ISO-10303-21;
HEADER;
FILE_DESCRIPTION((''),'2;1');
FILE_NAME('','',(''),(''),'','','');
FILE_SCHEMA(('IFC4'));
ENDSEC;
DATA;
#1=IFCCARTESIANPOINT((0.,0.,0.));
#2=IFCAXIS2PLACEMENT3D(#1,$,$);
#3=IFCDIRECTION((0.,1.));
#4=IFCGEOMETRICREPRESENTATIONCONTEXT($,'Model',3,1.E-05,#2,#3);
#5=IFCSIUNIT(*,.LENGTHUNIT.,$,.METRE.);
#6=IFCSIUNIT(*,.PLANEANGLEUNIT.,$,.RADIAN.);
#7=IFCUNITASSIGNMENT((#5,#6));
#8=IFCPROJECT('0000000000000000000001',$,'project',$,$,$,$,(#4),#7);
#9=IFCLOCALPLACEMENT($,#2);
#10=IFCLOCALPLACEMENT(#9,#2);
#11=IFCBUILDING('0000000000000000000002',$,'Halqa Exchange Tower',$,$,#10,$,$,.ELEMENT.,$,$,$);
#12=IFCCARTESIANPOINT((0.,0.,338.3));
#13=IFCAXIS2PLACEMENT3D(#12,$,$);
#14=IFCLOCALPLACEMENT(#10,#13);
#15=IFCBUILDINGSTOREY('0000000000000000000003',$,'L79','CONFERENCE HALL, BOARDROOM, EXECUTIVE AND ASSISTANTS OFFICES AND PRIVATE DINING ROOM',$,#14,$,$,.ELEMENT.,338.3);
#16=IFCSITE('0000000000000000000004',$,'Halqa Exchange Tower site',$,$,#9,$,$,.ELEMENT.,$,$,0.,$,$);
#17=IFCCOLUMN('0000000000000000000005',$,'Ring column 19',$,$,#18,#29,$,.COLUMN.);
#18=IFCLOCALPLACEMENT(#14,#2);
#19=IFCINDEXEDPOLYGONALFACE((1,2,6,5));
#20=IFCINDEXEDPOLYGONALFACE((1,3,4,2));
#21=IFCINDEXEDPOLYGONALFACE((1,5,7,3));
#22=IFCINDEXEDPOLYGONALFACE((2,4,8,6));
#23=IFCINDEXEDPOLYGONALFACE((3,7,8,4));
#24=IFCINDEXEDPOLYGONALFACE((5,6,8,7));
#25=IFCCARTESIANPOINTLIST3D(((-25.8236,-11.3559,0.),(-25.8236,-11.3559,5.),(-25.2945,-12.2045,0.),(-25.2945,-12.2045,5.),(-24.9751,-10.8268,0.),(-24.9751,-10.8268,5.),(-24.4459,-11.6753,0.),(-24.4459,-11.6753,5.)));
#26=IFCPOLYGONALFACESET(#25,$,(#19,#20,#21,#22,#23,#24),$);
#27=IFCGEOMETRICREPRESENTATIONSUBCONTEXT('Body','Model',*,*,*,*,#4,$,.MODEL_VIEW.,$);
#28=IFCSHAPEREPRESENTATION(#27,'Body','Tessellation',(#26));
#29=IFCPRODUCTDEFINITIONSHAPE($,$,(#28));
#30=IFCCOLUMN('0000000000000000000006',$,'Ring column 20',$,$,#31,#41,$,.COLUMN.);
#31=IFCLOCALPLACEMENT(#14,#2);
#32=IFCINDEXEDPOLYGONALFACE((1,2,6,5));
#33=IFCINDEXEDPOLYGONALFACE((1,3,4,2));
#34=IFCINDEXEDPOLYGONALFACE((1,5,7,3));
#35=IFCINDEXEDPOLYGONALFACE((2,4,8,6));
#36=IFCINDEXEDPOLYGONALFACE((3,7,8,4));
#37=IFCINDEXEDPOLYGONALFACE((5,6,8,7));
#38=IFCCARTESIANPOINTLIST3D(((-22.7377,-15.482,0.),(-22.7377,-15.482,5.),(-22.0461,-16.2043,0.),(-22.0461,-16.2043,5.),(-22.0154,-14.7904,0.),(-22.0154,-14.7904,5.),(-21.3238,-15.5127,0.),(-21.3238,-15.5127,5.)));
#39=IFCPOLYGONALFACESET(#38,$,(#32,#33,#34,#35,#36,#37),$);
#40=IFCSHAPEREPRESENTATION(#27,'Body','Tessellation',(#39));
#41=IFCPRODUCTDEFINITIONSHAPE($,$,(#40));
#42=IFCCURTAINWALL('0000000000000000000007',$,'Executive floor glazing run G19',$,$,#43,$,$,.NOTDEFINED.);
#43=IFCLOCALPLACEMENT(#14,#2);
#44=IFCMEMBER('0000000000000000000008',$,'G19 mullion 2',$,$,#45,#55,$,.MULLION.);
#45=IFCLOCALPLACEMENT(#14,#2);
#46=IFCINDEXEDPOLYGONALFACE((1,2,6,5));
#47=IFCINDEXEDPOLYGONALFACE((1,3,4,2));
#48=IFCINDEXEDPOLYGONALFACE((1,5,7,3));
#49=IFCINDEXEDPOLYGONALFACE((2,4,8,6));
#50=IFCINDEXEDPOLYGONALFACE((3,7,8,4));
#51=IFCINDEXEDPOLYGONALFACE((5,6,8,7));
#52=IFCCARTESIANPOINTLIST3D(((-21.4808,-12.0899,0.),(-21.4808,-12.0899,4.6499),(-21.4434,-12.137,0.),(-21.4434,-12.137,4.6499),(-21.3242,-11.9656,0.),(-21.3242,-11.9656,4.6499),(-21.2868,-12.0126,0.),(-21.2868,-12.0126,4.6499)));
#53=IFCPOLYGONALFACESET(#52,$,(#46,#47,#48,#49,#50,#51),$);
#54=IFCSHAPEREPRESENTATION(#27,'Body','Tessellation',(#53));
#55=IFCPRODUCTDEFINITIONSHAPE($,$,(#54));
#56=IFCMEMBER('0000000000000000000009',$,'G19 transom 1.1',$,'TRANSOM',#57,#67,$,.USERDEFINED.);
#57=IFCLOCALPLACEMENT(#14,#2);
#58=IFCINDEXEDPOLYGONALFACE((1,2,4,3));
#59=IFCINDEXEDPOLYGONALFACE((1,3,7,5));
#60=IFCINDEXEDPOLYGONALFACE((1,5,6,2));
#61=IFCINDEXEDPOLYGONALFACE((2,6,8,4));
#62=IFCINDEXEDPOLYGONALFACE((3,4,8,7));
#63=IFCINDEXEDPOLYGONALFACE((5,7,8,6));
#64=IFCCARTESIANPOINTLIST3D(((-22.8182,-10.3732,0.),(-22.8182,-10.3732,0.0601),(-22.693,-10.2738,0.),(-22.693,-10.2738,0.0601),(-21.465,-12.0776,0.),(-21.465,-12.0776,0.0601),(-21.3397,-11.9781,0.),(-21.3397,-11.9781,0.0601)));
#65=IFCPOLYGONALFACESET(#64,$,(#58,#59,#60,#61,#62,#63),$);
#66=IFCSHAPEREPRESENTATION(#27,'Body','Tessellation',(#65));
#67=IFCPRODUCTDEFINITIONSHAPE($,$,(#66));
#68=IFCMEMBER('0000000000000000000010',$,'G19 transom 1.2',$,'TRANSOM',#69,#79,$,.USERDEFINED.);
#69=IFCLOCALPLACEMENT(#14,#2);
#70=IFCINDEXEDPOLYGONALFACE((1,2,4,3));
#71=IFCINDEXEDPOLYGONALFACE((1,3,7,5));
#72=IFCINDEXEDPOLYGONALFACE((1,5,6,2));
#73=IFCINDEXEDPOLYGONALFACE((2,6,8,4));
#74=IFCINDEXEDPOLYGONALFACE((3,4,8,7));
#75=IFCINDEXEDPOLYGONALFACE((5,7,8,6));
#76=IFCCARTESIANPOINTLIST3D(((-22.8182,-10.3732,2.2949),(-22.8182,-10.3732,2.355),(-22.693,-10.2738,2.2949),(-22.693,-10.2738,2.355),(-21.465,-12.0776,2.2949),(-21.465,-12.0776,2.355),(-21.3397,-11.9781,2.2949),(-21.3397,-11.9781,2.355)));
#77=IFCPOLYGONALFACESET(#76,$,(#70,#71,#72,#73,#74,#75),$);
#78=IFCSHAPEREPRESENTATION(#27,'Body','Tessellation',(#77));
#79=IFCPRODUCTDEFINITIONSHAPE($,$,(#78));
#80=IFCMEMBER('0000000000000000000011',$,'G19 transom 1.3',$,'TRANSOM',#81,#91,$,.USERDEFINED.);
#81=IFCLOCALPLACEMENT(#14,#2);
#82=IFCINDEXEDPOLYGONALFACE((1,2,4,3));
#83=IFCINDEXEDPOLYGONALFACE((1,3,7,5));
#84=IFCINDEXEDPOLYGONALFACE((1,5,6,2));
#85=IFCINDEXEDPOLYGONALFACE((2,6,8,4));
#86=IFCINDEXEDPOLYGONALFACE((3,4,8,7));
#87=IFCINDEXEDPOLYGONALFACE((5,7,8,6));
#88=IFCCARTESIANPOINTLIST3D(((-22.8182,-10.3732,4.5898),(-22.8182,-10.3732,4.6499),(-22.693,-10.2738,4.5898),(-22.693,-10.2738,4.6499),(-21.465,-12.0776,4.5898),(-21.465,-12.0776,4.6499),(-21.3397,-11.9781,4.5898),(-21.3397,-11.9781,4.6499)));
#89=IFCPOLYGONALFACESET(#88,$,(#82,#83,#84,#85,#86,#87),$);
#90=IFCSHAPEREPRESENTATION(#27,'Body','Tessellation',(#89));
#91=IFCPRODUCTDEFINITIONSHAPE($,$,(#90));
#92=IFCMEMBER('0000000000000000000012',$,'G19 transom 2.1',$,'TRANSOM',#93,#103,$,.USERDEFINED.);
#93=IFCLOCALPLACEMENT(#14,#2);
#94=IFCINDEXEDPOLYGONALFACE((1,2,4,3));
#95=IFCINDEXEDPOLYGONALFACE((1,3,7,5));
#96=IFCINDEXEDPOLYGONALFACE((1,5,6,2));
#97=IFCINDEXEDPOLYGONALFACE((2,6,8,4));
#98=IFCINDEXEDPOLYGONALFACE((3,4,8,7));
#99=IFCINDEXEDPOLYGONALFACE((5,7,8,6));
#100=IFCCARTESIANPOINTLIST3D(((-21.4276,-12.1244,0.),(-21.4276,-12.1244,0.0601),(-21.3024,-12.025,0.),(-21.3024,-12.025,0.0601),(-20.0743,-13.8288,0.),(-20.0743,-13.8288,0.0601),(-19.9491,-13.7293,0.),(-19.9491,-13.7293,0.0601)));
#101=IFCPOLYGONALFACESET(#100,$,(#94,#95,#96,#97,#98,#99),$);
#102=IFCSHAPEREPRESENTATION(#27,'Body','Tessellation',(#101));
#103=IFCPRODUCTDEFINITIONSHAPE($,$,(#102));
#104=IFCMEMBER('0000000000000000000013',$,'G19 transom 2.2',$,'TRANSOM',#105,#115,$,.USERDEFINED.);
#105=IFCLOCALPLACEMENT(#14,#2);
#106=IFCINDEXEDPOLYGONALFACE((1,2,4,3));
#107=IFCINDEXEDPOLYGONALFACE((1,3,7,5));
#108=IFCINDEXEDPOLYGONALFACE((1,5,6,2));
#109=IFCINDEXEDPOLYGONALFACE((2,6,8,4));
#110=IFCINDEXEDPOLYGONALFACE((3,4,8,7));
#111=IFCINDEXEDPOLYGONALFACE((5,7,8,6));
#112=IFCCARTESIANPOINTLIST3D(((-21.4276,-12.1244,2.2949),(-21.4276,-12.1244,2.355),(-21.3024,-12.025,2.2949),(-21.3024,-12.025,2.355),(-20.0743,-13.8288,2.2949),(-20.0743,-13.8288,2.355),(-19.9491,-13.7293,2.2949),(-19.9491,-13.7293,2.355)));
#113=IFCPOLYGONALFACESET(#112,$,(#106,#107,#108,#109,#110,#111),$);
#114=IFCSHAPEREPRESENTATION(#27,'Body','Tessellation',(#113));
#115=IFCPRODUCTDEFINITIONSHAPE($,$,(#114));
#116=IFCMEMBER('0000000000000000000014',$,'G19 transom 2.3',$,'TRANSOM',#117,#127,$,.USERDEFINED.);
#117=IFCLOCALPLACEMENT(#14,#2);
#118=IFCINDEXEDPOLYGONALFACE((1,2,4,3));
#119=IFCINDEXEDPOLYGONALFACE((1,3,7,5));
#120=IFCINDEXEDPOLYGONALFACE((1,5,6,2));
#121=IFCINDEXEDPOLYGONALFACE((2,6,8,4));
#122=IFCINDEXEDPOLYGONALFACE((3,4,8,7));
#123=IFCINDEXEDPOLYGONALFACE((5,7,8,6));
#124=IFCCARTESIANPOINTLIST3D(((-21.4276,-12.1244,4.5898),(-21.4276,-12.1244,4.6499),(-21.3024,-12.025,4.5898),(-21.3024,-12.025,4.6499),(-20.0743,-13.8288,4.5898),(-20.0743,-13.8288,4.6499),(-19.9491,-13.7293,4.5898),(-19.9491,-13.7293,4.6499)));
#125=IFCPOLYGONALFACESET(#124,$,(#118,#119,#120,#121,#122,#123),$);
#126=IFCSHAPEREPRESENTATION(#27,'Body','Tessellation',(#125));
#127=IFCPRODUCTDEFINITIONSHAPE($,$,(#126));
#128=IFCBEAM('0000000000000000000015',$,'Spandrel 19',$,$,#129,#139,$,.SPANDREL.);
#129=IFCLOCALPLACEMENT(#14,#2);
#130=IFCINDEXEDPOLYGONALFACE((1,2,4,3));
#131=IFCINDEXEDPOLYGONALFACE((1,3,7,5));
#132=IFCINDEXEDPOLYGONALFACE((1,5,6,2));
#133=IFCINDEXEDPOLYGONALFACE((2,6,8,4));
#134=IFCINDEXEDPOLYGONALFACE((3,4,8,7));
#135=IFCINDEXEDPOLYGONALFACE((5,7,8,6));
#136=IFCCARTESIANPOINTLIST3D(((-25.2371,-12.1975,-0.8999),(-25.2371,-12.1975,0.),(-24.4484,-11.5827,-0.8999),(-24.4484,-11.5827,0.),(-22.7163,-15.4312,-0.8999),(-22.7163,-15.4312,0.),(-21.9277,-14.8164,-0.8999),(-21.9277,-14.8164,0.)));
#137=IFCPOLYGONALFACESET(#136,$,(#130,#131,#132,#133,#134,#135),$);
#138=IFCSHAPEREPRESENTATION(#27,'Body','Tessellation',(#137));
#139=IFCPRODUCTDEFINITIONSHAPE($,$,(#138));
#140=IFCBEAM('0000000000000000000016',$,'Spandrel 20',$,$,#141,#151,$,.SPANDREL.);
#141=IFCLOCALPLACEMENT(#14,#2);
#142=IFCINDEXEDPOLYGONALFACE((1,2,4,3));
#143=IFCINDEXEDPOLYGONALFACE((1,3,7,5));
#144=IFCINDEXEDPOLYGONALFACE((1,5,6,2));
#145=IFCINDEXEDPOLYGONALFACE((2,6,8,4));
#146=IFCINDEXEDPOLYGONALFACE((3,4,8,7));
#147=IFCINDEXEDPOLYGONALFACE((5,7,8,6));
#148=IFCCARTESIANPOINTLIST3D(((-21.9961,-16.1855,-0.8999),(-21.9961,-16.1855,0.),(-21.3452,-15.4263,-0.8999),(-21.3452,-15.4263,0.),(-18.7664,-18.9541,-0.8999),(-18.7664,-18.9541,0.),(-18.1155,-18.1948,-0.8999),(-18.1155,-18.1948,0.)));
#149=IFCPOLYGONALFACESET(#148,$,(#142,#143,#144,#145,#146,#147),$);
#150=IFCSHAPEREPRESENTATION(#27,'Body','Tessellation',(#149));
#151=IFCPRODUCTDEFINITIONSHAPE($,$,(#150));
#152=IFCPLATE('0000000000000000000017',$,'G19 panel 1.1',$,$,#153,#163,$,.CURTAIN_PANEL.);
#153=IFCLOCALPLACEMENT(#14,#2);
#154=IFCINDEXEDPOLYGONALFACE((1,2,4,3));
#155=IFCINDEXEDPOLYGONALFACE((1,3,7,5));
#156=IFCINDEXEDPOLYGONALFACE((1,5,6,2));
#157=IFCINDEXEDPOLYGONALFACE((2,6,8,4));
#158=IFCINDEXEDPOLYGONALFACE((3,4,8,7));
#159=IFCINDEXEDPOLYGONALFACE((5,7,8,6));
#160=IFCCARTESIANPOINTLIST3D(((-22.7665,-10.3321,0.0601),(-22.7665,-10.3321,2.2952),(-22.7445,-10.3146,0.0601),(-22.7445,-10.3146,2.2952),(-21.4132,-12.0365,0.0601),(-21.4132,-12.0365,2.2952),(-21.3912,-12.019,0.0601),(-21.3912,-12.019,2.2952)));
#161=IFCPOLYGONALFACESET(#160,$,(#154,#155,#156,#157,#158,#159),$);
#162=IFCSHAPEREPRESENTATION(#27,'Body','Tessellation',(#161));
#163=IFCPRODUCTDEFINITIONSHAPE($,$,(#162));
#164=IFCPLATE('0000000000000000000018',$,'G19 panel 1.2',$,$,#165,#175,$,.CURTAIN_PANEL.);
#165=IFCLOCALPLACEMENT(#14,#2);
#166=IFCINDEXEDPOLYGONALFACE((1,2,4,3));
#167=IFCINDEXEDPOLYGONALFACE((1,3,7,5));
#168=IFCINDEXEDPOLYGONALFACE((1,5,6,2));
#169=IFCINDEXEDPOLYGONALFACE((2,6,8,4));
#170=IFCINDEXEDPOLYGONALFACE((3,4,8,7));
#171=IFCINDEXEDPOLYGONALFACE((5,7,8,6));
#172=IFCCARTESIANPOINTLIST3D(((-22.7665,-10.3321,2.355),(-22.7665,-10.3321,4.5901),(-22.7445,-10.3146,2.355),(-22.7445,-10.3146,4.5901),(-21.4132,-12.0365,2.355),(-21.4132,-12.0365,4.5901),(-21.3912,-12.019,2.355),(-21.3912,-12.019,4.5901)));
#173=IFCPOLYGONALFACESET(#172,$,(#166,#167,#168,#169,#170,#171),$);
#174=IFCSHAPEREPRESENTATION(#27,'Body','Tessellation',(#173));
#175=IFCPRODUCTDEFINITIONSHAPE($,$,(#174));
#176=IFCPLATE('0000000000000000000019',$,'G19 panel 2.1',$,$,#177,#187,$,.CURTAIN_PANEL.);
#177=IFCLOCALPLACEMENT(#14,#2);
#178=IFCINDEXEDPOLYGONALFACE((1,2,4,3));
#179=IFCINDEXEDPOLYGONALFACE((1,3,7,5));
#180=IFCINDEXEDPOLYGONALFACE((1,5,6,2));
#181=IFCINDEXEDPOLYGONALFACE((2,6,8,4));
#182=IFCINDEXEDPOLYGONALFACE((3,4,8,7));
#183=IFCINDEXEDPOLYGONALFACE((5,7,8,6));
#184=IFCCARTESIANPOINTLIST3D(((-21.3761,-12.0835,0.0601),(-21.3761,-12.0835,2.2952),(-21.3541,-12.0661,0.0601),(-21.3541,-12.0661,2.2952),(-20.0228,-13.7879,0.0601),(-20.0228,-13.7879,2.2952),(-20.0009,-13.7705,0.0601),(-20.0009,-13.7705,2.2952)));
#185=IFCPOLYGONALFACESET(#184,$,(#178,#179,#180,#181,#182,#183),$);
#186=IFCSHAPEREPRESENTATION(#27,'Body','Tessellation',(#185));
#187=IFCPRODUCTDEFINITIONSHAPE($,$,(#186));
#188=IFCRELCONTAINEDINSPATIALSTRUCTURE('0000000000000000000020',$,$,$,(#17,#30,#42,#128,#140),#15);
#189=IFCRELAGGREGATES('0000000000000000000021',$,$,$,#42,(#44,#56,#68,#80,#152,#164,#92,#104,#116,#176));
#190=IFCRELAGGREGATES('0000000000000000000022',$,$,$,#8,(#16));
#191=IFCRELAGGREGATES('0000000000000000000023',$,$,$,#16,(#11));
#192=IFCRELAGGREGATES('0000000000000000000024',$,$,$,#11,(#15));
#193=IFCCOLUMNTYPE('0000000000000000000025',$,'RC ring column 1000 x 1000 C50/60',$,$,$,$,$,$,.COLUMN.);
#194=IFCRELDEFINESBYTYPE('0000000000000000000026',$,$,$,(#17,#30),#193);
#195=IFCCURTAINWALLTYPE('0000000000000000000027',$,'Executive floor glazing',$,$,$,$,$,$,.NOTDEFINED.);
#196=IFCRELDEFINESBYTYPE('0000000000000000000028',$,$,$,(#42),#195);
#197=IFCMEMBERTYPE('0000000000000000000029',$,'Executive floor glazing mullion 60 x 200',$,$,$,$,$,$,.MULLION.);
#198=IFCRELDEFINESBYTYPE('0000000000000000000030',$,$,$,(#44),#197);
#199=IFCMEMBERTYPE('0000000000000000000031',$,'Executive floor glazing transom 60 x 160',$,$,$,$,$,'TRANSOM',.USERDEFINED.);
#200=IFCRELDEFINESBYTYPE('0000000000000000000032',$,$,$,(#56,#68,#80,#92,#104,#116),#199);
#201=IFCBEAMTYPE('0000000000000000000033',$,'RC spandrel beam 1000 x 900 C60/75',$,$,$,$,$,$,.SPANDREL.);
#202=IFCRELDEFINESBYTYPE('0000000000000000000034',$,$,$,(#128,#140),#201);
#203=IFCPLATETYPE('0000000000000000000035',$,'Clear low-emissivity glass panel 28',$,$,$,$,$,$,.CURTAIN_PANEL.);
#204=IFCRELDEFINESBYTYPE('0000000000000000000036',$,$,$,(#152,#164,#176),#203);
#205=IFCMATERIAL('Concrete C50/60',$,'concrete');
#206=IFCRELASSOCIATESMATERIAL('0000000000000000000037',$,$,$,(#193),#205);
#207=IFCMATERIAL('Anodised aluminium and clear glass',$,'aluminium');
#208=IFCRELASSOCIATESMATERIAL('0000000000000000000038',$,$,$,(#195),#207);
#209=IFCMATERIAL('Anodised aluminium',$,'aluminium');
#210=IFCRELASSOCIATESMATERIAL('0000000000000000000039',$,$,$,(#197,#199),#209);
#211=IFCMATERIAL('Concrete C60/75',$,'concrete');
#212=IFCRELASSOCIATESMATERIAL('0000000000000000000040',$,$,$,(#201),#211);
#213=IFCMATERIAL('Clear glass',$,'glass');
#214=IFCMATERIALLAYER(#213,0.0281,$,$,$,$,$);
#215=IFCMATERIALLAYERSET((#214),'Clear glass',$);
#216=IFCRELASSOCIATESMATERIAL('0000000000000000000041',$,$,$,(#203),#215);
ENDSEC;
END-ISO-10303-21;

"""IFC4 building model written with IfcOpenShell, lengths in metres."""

from ifc_helpers import new_model, si_unit, direction, frame, origin, origin_2d, place, context, subcontext, project, spatial, rectangle, extrude, material, layer, layer_set, material_profile, profile_set, type_object, element, aggregate, save


model = new_model("IFC4")

# Units and contexts
model_context = context("Model", 3, precision=1e-05, world=origin(), true_north=direction((0.0, 1.0)))
body_context = subcontext(model_context, "Body", "Model", "MODEL_VIEW")
ifc_project = project(units=[si_unit("LENGTHUNIT", "METRE"), si_unit("PLANEANGLEUNIT", "RADIAN")], contexts=[model_context])

# Site, building, storey
site_placement = place(None, origin())
site = spatial("IfcSite", under=ifc_project, at=site_placement, Name="Halqa Exchange Tower site", CompositionType="ELEMENT", RefElevation=0.0)
building_placement = place(site_placement, origin())
building = spatial("IfcBuilding", under=site, at=building_placement, Name="Halqa Exchange Tower", CompositionType="ELEMENT")
storey_placement = place(building_placement, frame((0.0, 0.0, 338.3)))
storey = spatial("IfcBuildingStorey", under=building, at=storey_placement, Name="L79", Description="CONFERENCE HALL, BOARDROOM, EXECUTIVE AND ASSISTANTS OFFICES AND PRIVATE DINING ROOM", CompositionType="ELEMENT", Elevation=338.3)

# Columns
ifc_material_1 = material(Name="Concrete C50/60", Category="concrete")
ifc_material_profile_1 = material_profile(ifc_material_1, rectangle(XDim=1.0, YDim=1.0, at=origin_2d()), Name="1000 x 1000")
ifc_profile_set_1 = profile_set([ifc_material_profile_1], Name="Concrete C50/60")
column_type = type_object("IfcColumnType", Name="RC ring column 1000 x 1000 C50/60", PredefinedType="COLUMN", material=ifc_profile_set_1)
for number, where, z_axis, x_axis, name in (
    (1, (-25.1348, -11.5156, 0.0), (0.0, 0.0, 1.0), (0.52914, -0.848534, 0.0), "Ring column 19"),
    (2, (-22.0308, -15.4973, 0.0), (0.0, 0.0, 1.0), (0.691579, -0.722301, 0.0), "Ring column 20"),
):
    element("IfcColumn", number, at=place(storey_placement, frame(where, z_axis=z_axis, x_axis=x_axis)), inside=storey, type_object=column_type, Name=name, PredefinedType="COLUMN", context=body_context, shape_type="SweptSolid", body=[
        extrude(rectangle(XDim=1.0, YDim=1.0, at=origin_2d()), origin(), (0.0, 0.0, 1.0), 5.0),
    ])

# Curtain wall, members
ifc_material_2 = material(Name="Anodised aluminium and clear glass", Category="aluminium")
curtain_wall_type = type_object("IfcCurtainWallType", Name="Executive floor glazing", PredefinedType="NOTDEFINED", material=ifc_material_2)
curtain_wall_placement = place(storey_placement, origin())
curtain_wall = element("IfcCurtainWall", 3, at=curtain_wall_placement, inside=storey, type_object=curtain_wall_type, Name="Executive floor glazing run G19", PredefinedType="NOTDEFINED")
ifc_material_3 = material(Name="Anodised aluminium", Category="aluminium")
ifc_material_profile_2 = material_profile(ifc_material_3, rectangle(XDim=0.2, YDim=0.0601, at=origin_2d()), Name="AL 60x200")
ifc_profile_set_2 = profile_set([ifc_material_profile_2], Name="Anodised aluminium")
member_type_1 = type_object("IfcMemberType", Name="Executive floor glazing mullion 60 x 200", PredefinedType="MULLION", material=ifc_profile_set_2)
member_1_placement = place(storey_placement, frame((-21.3838, -12.0513, 0.0), z_axis=(0.0, 0.0, 1.0), x_axis=(0.783162, 0.621817, 0.0)))
member_1 = element("IfcMember", 4, at=member_1_placement, type_object=member_type_1, Name="G19 mullion 2", PredefinedType="MULLION", context=body_context, shape_type="SweptSolid", body=[
    extrude(rectangle(XDim=0.2, YDim=0.0601, at=origin_2d()), origin(), (0.0, 0.0, 1.0), 4.6499),
])
ifc_material_profile_3 = material_profile(ifc_material_3, rectangle(XDim=0.1599, YDim=0.0601, at=origin_2d()), Name="AL 60x160")
ifc_profile_set_3 = profile_set([ifc_material_profile_3], Name="Anodised aluminium")
member_type_2 = type_object("IfcMemberType", Name="Executive floor glazing transom 60 x 160", ElementType="TRANSOM", PredefinedType="USERDEFINED", material=ifc_profile_set_3)
member_2_placement = place(storey_placement, frame((-22.7556, -10.3235, 0.03), z_axis=(0.621832, -0.783151, 0.0), x_axis=(0.783151, 0.621832, 0.0)))
member_2 = element("IfcMember", 5, at=member_2_placement, type_object=member_type_2, Name="G19 transom 1.1", ObjectType="TRANSOM", PredefinedType="USERDEFINED", context=body_context, shape_type="SweptSolid", body=[
    extrude(rectangle(XDim=0.1599, YDim=0.0601, at=origin_2d()), origin(), (0.0, 0.0, 1.0), 2.1763),
])
member_3_placement = place(storey_placement, frame((-22.7556, -10.3235, 2.325), z_axis=(0.621832, -0.783151, 0.0), x_axis=(0.783151, 0.621832, 0.0)))
member_3 = element("IfcMember", 6, at=member_3_placement, type_object=member_type_2, Name="G19 transom 1.2", ObjectType="TRANSOM", PredefinedType="USERDEFINED", context=body_context, shape_type="SweptSolid", body=[
    extrude(rectangle(XDim=0.1599, YDim=0.0601, at=origin_2d()), origin(), (0.0, 0.0, 1.0), 2.1763),
])
member_4_placement = place(storey_placement, frame((-22.7556, -10.3235, 4.6199), z_axis=(0.621832, -0.783151, 0.0), x_axis=(0.783151, 0.621832, 0.0)))
member_4 = element("IfcMember", 7, at=member_4_placement, type_object=member_type_2, Name="G19 transom 1.3", ObjectType="TRANSOM", PredefinedType="USERDEFINED", context=body_context, shape_type="SweptSolid", body=[
    extrude(rectangle(XDim=0.1599, YDim=0.0601, at=origin_2d()), origin(), (0.0, 0.0, 1.0), 2.1763),
])
member_5_placement = place(storey_placement, frame((-21.365, -12.0747, 0.03), z_axis=(0.621832, -0.783151, 0.0), x_axis=(0.783151, 0.621832, 0.0)))
member_5 = element("IfcMember", 8, at=member_5_placement, type_object=member_type_2, Name="G19 transom 2.1", ObjectType="TRANSOM", PredefinedType="USERDEFINED", context=body_context, shape_type="SweptSolid", body=[
    extrude(rectangle(XDim=0.1599, YDim=0.0601, at=origin_2d()), origin(), (0.0, 0.0, 1.0), 2.1763),
])
member_6_placement = place(storey_placement, frame((-21.365, -12.0747, 2.325), z_axis=(0.621832, -0.783151, 0.0), x_axis=(0.783151, 0.621832, 0.0)))
member_6 = element("IfcMember", 9, at=member_6_placement, type_object=member_type_2, Name="G19 transom 2.2", ObjectType="TRANSOM", PredefinedType="USERDEFINED", context=body_context, shape_type="SweptSolid", body=[
    extrude(rectangle(XDim=0.1599, YDim=0.0601, at=origin_2d()), origin(), (0.0, 0.0, 1.0), 2.1763),
])
member_7_placement = place(storey_placement, frame((-21.365, -12.0747, 4.6199), z_axis=(0.621832, -0.783151, 0.0), x_axis=(0.783151, 0.621832, 0.0)))
member_7 = element("IfcMember", 10, at=member_7_placement, type_object=member_type_2, Name="G19 transom 2.3", ObjectType="TRANSOM", PredefinedType="USERDEFINED", context=body_context, shape_type="SweptSolid", body=[
    extrude(rectangle(XDim=0.1599, YDim=0.0601, at=origin_2d()), origin(), (0.0, 0.0, 1.0), 2.1763),
])

# Beams
ifc_material_4 = material(Name="Concrete C60/75", Category="concrete")
ifc_material_profile_4 = material_profile(ifc_material_4, rectangle(XDim=1.0, YDim=0.8999, at=origin_2d()), Name="1000 x 900")
ifc_profile_set_4 = profile_set([ifc_material_profile_4], Name="Concrete C60/75")
beam_type = type_object("IfcBeamType", Name="RC spandrel beam 1000 x 900 C60/75", PredefinedType="SPANDREL", material=ifc_profile_set_4)
beam_1_placement = place(storey_placement, frame((-24.8428, -11.8901, -0.45), z_axis=(0.614806, -0.788678, 0.0), x_axis=(0.788678, 0.614806, 0.0)))
element("IfcBeam", 11, at=beam_1_placement, inside=storey, type_object=beam_type, Name="Spandrel 19", PredefinedType="SPANDREL", context=body_context, shape_type="SweptSolid", body=[
    extrude(rectangle(XDim=1.0, YDim=0.8999, at=origin_2d()), origin(), (0.0, 0.0, 1.0), 4.1001),
])
beam_2_placement = place(storey_placement, frame((-21.6707, -15.8059, -0.45), z_axis=(0.759232, -0.65082, 0.0), x_axis=(0.65082, 0.759232, 0.0)))
element("IfcBeam", 12, at=beam_2_placement, inside=storey, type_object=beam_type, Name="Spandrel 20", PredefinedType="SPANDREL", context=body_context, shape_type="SweptSolid", body=[
    extrude(rectangle(XDim=1.0, YDim=0.8999, at=origin_2d()), origin(), (0.0, 0.0, 1.0), 4.2539),
])

# Plates
ifc_material_5 = material(Name="Clear glass", Category="glass")
ifc_layer = layer(ifc_material_5, 0.0281)
ifc_layer_set = layer_set([ifc_layer], Name="Clear glass")
plate_type = type_object("IfcPlateType", Name="Clear low-emissivity glass panel 28", PredefinedType="CURTAIN_PANEL", material=ifc_layer_set)
plate_1_placement = place(storey_placement, frame((-22.0789, -11.1755, 0.0601), z_axis=(0.0, 0.0, 1.0), x_axis=(0.621817, -0.783162, 0.0)))
plate_1 = element("IfcPlate", 13, at=plate_1_placement, type_object=plate_type, Name="G19 panel 1.1", PredefinedType="CURTAIN_PANEL", context=body_context, shape_type="SweptSolid", body=[
    extrude(rectangle(XDim=2.1763, YDim=0.0281, at=origin_2d()), origin(), (0.0, 0.0, 1.0), 2.2351),
])
plate_2_placement = place(storey_placement, frame((-22.0789, -11.1755, 2.355), z_axis=(0.0, 0.0, 1.0), x_axis=(0.621817, -0.783162, 0.0)))
plate_2 = element("IfcPlate", 14, at=plate_2_placement, type_object=plate_type, Name="G19 panel 1.2", PredefinedType="CURTAIN_PANEL", context=body_context, shape_type="SweptSolid", body=[
    extrude(rectangle(XDim=2.1763, YDim=0.0281, at=origin_2d()), origin(), (0.0, 0.0, 1.0), 2.2351),
])
plate_3_placement = place(storey_placement, frame((-20.6885, -12.927, 0.0601), z_axis=(0.0, 0.0, 1.0), x_axis=(0.621817, -0.783162, 0.0)))
plate_3 = element("IfcPlate", 15, at=plate_3_placement, type_object=plate_type, Name="G19 panel 2.1", PredefinedType="CURTAIN_PANEL", context=body_context, shape_type="SweptSolid", body=[
    extrude(rectangle(XDim=2.1763, YDim=0.0281, at=origin_2d()), origin(), (0.0, 0.0, 1.0), 2.2351),
])
aggregate(curtain_wall, [member_1, member_2, member_3, member_4, plate_1, plate_2, member_5, member_6, member_7, plate_3])

save(model, "model.ifc")
